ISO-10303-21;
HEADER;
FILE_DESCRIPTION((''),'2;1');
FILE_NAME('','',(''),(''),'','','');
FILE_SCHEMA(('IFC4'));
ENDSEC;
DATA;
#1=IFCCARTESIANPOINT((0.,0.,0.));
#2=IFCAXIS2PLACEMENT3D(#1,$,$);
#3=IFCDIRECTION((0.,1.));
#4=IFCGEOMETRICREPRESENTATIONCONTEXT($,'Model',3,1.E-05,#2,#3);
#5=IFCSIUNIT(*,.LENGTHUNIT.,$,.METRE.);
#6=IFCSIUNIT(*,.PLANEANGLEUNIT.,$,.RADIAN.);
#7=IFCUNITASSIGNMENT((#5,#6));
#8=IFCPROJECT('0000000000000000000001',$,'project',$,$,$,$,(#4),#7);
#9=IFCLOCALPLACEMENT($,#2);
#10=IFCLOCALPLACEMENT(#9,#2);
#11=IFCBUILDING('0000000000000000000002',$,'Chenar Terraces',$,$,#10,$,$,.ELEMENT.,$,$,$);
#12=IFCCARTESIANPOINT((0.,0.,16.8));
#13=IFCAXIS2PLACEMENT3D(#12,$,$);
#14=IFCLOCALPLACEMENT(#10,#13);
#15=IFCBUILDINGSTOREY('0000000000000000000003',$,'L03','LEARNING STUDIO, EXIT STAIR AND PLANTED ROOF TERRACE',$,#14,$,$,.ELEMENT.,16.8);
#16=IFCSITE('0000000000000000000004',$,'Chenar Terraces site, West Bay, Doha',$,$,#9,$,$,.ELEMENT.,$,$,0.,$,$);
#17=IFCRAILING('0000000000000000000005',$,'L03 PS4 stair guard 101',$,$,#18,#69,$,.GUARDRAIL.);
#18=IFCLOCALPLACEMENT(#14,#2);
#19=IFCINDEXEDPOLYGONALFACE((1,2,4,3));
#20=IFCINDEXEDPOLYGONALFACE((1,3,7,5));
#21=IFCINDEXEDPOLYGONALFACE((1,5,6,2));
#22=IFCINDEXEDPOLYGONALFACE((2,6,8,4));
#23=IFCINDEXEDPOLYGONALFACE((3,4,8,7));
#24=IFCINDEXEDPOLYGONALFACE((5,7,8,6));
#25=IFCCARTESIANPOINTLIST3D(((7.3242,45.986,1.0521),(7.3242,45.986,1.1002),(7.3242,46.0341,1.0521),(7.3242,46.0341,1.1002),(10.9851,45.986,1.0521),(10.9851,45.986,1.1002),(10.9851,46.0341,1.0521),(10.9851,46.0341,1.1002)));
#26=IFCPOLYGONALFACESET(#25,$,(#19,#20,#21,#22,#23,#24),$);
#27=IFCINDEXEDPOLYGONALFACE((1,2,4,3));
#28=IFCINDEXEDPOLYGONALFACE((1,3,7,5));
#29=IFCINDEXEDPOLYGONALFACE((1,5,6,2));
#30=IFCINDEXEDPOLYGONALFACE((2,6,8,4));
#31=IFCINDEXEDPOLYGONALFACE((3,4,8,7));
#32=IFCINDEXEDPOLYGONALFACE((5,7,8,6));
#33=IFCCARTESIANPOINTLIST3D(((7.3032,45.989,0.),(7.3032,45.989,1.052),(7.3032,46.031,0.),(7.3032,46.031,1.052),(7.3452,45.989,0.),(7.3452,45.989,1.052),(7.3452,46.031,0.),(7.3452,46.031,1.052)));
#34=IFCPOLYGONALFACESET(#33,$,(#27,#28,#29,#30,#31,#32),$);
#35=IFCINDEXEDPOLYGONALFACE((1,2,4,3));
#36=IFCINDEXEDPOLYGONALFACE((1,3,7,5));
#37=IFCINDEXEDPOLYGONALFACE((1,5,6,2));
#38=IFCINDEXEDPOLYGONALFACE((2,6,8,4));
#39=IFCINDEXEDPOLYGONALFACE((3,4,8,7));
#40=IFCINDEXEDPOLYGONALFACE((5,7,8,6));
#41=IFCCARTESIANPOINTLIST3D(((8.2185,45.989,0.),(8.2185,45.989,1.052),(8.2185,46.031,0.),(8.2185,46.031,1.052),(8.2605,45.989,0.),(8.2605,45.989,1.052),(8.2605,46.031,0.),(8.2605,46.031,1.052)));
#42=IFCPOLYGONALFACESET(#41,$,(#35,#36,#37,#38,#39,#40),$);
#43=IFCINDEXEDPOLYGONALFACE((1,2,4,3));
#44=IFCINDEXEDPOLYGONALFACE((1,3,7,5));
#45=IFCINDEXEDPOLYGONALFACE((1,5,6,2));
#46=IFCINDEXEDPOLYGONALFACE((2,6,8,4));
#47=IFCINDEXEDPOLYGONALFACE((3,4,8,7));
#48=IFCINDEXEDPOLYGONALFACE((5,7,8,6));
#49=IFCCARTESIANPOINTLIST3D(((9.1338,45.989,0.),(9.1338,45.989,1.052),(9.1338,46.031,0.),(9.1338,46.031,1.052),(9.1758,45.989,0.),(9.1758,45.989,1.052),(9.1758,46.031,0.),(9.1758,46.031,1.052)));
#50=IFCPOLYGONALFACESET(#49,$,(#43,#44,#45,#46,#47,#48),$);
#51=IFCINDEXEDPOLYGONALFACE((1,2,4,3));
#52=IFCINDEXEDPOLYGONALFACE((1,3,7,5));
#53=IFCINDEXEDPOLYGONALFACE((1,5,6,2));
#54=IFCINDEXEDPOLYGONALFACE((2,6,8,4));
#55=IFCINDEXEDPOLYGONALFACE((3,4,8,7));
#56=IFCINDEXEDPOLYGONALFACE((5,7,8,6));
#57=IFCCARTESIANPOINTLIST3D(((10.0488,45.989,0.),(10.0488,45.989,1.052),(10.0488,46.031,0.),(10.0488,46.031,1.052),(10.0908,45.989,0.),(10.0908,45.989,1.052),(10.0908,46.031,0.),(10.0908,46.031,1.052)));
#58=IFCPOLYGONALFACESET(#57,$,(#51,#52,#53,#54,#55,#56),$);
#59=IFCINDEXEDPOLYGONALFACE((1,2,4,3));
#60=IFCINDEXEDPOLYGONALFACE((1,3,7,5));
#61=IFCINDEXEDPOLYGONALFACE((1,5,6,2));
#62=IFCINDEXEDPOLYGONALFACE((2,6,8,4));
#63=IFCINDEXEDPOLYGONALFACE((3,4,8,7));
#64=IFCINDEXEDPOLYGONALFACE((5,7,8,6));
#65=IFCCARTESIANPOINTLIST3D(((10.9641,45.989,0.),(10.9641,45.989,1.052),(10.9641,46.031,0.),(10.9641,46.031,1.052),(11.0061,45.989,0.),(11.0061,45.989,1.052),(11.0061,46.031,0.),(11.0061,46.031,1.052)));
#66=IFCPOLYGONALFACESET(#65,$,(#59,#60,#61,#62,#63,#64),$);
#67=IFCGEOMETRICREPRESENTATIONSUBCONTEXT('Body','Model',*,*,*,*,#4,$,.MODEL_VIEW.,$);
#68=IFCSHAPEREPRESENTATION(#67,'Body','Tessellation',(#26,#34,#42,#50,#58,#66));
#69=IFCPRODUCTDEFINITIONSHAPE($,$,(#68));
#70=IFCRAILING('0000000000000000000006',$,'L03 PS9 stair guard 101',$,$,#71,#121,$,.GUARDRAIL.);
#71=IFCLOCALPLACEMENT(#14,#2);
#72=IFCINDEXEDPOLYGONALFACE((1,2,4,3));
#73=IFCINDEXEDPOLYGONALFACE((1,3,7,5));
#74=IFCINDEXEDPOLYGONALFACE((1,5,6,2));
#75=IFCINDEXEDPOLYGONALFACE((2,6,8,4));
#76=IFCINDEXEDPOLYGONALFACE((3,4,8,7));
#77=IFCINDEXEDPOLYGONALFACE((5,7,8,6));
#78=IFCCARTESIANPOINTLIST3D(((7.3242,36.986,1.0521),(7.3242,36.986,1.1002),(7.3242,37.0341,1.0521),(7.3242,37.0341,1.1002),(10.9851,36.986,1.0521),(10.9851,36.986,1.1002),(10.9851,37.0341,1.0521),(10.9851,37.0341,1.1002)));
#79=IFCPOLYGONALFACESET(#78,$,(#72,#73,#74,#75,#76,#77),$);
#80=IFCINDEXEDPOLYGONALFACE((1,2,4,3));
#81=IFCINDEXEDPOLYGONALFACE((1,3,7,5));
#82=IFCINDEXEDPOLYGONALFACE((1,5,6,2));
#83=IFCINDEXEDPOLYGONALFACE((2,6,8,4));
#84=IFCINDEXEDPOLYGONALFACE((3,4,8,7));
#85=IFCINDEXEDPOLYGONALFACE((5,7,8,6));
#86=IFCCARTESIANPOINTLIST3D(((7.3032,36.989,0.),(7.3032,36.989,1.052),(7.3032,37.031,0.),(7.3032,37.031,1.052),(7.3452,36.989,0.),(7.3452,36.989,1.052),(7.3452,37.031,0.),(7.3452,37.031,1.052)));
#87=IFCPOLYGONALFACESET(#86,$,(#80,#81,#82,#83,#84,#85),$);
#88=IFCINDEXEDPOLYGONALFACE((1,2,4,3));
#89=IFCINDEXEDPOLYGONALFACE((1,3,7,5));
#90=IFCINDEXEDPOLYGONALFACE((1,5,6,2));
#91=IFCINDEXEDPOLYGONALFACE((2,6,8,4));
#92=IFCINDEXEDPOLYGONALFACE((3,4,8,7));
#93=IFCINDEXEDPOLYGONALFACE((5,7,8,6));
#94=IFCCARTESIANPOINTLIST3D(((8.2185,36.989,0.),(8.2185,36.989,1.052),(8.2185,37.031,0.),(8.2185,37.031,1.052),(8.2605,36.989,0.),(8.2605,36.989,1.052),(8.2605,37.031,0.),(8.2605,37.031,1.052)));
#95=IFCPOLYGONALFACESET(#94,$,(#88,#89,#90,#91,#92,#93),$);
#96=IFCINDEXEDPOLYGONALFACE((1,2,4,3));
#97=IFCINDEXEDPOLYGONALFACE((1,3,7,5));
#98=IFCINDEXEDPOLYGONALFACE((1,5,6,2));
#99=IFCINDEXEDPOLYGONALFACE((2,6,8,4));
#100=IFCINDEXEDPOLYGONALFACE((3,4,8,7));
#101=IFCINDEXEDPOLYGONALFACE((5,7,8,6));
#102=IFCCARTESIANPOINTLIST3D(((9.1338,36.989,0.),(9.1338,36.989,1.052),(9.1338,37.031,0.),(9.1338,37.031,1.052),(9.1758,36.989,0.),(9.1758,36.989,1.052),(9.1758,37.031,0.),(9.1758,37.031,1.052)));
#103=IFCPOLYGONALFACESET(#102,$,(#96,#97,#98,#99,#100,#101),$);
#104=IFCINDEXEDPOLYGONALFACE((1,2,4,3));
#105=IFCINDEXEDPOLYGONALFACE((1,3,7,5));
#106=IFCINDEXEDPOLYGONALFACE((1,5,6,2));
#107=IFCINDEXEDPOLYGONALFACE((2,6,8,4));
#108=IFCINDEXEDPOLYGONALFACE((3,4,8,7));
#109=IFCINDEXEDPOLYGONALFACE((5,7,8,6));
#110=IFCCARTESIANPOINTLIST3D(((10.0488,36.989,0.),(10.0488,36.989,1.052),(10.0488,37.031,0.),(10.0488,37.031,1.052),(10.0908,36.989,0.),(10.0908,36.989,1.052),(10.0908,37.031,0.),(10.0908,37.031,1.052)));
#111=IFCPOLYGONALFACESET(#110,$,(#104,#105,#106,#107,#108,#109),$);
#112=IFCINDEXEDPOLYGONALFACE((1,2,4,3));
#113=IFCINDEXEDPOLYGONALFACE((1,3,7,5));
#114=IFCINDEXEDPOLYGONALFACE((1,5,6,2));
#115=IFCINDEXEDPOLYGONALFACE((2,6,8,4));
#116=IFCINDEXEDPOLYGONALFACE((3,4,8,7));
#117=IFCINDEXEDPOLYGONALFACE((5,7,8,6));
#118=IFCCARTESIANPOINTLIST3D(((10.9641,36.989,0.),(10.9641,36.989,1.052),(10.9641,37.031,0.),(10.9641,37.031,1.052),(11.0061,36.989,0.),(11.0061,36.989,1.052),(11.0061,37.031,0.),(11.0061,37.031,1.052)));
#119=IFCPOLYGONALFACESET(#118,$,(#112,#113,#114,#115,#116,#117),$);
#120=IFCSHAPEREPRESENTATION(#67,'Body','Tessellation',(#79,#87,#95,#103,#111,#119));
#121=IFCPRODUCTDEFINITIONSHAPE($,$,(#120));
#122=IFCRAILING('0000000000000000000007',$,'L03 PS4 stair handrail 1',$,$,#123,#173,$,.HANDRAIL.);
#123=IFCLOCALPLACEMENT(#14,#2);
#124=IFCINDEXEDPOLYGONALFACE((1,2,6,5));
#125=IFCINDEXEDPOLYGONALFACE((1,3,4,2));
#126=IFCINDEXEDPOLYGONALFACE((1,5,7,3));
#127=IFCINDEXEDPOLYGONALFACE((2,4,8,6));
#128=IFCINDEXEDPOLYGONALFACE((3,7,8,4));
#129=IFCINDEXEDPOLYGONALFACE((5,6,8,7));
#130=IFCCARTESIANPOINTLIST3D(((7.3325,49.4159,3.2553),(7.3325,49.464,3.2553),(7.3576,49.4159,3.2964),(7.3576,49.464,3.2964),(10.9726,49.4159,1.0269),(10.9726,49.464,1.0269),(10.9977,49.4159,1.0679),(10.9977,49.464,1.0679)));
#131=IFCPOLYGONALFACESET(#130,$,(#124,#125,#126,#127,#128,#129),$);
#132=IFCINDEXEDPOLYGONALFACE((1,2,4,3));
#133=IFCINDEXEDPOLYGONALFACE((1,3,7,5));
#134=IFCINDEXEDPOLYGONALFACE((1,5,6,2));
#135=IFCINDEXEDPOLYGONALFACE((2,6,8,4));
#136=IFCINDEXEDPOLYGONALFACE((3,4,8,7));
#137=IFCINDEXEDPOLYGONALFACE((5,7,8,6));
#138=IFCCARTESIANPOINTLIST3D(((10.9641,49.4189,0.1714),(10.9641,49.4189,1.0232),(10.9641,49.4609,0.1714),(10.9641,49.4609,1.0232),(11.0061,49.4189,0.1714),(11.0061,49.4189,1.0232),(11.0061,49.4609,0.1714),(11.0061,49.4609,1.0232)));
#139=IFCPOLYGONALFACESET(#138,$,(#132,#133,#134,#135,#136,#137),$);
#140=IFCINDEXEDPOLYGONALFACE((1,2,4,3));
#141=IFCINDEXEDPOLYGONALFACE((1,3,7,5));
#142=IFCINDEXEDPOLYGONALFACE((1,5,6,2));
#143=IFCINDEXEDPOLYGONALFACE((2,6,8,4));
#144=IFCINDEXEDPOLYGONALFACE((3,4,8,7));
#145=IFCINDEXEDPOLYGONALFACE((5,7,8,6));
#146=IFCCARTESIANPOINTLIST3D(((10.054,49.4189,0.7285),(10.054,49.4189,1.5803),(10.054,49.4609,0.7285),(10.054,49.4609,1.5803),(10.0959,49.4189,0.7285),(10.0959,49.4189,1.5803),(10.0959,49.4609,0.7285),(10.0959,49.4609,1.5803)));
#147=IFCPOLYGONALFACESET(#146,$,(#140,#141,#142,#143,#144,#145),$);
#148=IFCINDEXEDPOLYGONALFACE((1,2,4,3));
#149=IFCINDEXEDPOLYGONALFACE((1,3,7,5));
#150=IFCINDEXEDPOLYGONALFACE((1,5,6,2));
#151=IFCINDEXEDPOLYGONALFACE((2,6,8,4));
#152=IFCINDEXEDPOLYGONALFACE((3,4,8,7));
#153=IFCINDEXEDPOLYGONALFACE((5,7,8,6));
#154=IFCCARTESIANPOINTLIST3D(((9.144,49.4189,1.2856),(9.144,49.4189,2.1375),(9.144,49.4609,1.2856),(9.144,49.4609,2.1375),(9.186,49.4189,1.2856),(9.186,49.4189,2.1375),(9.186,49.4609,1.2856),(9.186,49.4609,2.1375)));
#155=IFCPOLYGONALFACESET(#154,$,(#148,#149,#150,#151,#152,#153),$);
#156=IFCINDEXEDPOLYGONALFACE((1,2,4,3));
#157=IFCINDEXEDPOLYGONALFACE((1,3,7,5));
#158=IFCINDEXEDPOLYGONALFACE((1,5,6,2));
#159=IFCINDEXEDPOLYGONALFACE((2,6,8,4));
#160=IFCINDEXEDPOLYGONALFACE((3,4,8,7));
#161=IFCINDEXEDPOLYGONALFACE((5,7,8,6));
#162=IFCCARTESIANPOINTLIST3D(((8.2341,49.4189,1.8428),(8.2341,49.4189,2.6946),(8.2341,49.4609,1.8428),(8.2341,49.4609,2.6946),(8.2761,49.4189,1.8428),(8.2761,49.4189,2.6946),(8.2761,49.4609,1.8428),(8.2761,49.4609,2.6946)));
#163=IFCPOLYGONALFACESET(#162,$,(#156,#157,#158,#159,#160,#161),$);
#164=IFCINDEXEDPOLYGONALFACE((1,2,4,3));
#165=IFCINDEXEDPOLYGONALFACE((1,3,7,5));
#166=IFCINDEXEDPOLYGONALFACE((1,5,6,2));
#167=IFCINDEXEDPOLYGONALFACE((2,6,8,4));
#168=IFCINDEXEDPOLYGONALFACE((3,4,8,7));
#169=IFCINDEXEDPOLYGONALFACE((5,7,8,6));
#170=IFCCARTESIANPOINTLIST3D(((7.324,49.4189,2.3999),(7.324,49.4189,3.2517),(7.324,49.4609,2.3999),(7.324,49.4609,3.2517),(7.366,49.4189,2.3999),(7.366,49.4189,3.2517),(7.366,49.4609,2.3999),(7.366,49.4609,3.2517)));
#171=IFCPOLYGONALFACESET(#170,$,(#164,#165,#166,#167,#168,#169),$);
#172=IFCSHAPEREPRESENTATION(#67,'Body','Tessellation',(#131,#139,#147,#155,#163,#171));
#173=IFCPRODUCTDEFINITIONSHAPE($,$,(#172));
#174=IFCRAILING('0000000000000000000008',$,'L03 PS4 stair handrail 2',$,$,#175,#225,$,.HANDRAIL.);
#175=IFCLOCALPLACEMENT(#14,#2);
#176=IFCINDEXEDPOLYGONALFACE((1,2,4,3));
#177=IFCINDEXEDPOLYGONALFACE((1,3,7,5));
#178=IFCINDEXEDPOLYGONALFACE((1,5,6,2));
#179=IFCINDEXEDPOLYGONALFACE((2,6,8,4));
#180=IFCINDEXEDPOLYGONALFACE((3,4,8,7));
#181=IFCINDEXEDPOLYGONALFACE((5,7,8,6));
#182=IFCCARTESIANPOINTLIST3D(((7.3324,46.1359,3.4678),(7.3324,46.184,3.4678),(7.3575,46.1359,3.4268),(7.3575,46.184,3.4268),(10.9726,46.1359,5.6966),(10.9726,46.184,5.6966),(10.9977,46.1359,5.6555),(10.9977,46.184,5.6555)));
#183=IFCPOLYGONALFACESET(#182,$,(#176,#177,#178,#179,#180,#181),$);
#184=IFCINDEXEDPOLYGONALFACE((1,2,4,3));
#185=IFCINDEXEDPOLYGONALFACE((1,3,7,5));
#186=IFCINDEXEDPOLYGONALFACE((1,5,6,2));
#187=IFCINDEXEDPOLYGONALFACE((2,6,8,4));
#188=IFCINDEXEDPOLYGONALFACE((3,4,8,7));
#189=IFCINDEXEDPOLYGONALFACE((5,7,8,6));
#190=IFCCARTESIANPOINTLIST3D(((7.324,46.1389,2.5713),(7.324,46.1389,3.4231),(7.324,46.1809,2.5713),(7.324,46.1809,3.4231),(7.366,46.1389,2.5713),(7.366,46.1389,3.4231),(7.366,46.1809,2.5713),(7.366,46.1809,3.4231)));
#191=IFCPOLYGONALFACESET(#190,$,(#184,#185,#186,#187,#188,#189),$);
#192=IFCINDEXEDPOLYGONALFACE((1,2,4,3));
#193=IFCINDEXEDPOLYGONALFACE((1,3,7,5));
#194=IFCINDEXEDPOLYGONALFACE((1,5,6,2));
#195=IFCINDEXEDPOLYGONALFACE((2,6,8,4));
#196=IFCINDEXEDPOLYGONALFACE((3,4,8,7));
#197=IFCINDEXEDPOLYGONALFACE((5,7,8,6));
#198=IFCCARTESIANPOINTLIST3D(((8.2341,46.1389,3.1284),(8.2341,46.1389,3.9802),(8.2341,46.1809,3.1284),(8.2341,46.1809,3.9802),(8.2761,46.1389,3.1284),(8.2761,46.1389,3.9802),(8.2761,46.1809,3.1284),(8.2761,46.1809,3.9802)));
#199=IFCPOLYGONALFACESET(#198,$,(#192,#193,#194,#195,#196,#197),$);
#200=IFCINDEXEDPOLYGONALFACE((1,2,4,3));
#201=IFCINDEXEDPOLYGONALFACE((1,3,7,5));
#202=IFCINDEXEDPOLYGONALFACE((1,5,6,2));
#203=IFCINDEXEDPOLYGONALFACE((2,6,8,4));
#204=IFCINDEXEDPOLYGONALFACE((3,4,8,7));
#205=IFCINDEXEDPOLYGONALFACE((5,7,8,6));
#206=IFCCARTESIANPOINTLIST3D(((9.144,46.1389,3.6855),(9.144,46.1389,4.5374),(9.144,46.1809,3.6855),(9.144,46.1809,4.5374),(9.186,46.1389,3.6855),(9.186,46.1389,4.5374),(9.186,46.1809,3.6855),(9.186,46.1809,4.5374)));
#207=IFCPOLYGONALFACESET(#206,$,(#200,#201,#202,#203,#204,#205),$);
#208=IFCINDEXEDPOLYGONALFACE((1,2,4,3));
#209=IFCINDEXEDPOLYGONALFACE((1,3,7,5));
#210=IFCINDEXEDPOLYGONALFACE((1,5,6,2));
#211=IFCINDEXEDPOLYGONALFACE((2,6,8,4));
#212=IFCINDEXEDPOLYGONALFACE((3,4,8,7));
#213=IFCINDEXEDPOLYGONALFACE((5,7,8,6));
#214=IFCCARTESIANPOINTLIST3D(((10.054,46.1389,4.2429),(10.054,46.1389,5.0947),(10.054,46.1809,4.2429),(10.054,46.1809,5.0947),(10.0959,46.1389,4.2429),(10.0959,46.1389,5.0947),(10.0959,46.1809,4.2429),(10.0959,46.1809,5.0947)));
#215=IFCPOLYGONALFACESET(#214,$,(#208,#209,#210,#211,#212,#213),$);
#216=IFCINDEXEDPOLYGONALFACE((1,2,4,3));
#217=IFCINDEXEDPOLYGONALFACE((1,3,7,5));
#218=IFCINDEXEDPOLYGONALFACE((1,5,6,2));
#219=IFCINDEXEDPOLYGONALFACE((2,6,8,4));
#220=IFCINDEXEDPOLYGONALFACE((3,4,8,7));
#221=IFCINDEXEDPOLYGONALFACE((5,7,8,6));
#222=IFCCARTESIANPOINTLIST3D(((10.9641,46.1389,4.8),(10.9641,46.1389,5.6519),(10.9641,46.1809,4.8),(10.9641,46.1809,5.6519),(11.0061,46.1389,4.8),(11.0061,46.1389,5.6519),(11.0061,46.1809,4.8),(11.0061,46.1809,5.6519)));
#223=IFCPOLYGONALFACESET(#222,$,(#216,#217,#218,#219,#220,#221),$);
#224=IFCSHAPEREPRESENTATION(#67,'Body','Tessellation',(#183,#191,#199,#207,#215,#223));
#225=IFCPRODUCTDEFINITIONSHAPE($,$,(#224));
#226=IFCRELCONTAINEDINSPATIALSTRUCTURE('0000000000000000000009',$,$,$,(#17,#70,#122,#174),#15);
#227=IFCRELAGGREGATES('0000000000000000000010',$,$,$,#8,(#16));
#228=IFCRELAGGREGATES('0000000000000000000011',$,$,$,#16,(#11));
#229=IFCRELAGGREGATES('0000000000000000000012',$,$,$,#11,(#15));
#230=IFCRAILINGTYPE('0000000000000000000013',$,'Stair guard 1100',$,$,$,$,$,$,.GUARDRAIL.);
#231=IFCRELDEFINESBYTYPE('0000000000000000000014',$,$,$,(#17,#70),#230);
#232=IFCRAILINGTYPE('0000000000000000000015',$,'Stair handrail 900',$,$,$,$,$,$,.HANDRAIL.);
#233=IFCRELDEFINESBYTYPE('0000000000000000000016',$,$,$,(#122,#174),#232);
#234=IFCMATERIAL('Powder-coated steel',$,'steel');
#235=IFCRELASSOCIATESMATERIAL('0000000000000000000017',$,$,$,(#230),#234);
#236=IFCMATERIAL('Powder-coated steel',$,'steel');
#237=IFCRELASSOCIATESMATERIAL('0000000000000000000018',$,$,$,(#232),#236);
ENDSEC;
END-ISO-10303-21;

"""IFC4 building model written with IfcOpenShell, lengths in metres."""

from ifc_helpers import new_model, si_unit, direction, frame, origin, origin_2d, place, context, subcontext, project, spatial, rectangle, extrude, material, type_object, element, save


model = new_model("IFC4")

# Units and contexts
model_context = context("Model", 3, precision=1e-05, world=origin(), true_north=direction((0.0, 1.0)))
body_context = subcontext(model_context, "Body", "Model", "MODEL_VIEW")
ifc_project = project(units=[si_unit("LENGTHUNIT", "METRE"), si_unit("PLANEANGLEUNIT", "RADIAN")], contexts=[model_context])

# Site, building, storey
site_placement = place(None, origin())
site = spatial("IfcSite", under=ifc_project, at=site_placement, Name="Chenar Terraces site, West Bay, Doha", CompositionType="ELEMENT", RefElevation=0.0)
building_placement = place(site_placement, origin())
building = spatial("IfcBuilding", under=site, at=building_placement, Name="Chenar Terraces", CompositionType="ELEMENT")
storey_placement = place(building_placement, frame((0.0, 0.0, 16.8)))
storey = spatial("IfcBuildingStorey", under=building, at=storey_placement, Name="L03", Description="LEARNING STUDIO, EXIT STAIR AND PLANTED ROOF TERRACE", CompositionType="ELEMENT", Elevation=16.8)

# Railings
ifc_material_1 = material(Name="Powder-coated steel", Category="steel")
railing_type_1 = type_object("IfcRailingType", Name="Stair guard 1100", PredefinedType="GUARDRAIL", material=ifc_material_1)
for number, where, name in (
    (1, (7.3242, 46.01, 0.0), "L03 PS4 stair guard 101"),
    (2, (7.3242, 37.01, 0.0), "L03 PS9 stair guard 101"),
):
    element("IfcRailing", number, at=place(storey_placement, frame(where)), inside=storey, type_object=railing_type_1, Name=name, PredefinedType="GUARDRAIL", context=body_context, shape_type="SweptSolid", body=[
        extrude(rectangle(XDim=0.0481, YDim=0.0481, at=origin_2d()), frame((0.0, 0.0, 1.0762), z_axis=(1.0, 0.0, 0.0), x_axis=(0.0, 1.0, 0.0)), (0.0, 0.0, 1.0), 3.6609),
        extrude(rectangle(XDim=0.042, YDim=0.042, at=origin_2d()), origin(), (0.0, 0.0, 1.0), 1.052),
        extrude(rectangle(XDim=0.042, YDim=0.042, at=origin_2d()), frame((0.9153, 0.0, 0.0)), (0.0, 0.0, 1.0), 1.052),
        extrude(rectangle(XDim=0.042, YDim=0.042, at=origin_2d()), frame((1.8306, 0.0, 0.0)), (0.0, 0.0, 1.0), 1.052),
        extrude(rectangle(XDim=0.042, YDim=0.042, at=origin_2d()), frame((2.7456, 0.0, 0.0)), (0.0, 0.0, 1.0), 1.052),
        extrude(rectangle(XDim=0.042, YDim=0.042, at=origin_2d()), frame((3.6609, 0.0, 0.0)), (0.0, 0.0, 1.0), 1.052),
    ])
ifc_material_2 = material(Name="Powder-coated steel", Category="steel")
railing_type_2 = type_object("IfcRailingType", Name="Stair handrail 900", PredefinedType="HANDRAIL", material=ifc_material_2)
railing_1_placement = place(storey_placement, frame((10.9851, 49.4399, 0.1714)))
element("IfcRailing", 3, at=railing_1_placement, inside=storey, type_object=railing_type_2, Name="L03 PS4 stair handrail 1", PredefinedType="HANDRAIL", context=body_context, shape_type="SweptSolid", body=[
    extrude(rectangle(XDim=0.0481, YDim=0.0481, at=origin_2d()), frame((0.0, 0.0, 0.876), z_axis=(-0.852866, 0.0, 0.52213), x_axis=(0.0, -1.0, 0.0)), (0.0, 0.0, 1.0), 4.2681),
    extrude(rectangle(XDim=0.042, YDim=0.042, at=origin_2d()), origin(), (0.0, 0.0, 1.0), 0.8518),
    extrude(rectangle(XDim=0.042, YDim=0.042, at=origin_2d()), frame((-0.9102, 0.0, 0.5571)), (0.0, 0.0, 1.0), 0.8518),
    extrude(rectangle(XDim=0.042, YDim=0.042, at=origin_2d()), frame((-1.8201, 0.0, 1.1143)), (0.0, 0.0, 1.0), 0.8518),
    extrude(rectangle(XDim=0.042, YDim=0.042, at=origin_2d()), frame((-2.73, 0.0, 1.6714)), (0.0, 0.0, 1.0), 0.8518),
    extrude(rectangle(XDim=0.042, YDim=0.042, at=origin_2d()), frame((-3.6401, 0.0, 2.2285)), (0.0, 0.0, 1.0), 0.8518),
])
railing_2_placement = place(storey_placement, frame((7.345, 46.1599, 2.5713)))
element("IfcRailing", 4, at=railing_2_placement, inside=storey, type_object=railing_type_2, Name="L03 PS4 stair handrail 2", PredefinedType="HANDRAIL", context=body_context, shape_type="SweptSolid", body=[
    extrude(rectangle(XDim=0.0481, YDim=0.0481, at=origin_2d()), frame((0.0, 0.0, 0.876), z_axis=(0.85284, 0.0, 0.522172), x_axis=(0.0, 1.0, 0.0)), (0.0, 0.0, 1.0), 4.2683),
    extrude(rectangle(XDim=0.042, YDim=0.042, at=origin_2d()), origin(), (0.0, 0.0, 1.0), 0.8518),
    extrude(rectangle(XDim=0.042, YDim=0.042, at=origin_2d()), frame((0.9102, 0.0, 0.5571)), (0.0, 0.0, 1.0), 0.8518),
    extrude(rectangle(XDim=0.042, YDim=0.042, at=origin_2d()), frame((1.8201, 0.0, 1.1143)), (0.0, 0.0, 1.0), 0.8518),
    extrude(rectangle(XDim=0.042, YDim=0.042, at=origin_2d()), frame((2.73, 0.0, 1.6716)), (0.0, 0.0, 1.0), 0.8518),
    extrude(rectangle(XDim=0.042, YDim=0.042, at=origin_2d()), frame((3.6401, 0.0, 2.2288)), (0.0, 0.0, 1.0), 0.8518),
])

save(model, "model.ifc")
